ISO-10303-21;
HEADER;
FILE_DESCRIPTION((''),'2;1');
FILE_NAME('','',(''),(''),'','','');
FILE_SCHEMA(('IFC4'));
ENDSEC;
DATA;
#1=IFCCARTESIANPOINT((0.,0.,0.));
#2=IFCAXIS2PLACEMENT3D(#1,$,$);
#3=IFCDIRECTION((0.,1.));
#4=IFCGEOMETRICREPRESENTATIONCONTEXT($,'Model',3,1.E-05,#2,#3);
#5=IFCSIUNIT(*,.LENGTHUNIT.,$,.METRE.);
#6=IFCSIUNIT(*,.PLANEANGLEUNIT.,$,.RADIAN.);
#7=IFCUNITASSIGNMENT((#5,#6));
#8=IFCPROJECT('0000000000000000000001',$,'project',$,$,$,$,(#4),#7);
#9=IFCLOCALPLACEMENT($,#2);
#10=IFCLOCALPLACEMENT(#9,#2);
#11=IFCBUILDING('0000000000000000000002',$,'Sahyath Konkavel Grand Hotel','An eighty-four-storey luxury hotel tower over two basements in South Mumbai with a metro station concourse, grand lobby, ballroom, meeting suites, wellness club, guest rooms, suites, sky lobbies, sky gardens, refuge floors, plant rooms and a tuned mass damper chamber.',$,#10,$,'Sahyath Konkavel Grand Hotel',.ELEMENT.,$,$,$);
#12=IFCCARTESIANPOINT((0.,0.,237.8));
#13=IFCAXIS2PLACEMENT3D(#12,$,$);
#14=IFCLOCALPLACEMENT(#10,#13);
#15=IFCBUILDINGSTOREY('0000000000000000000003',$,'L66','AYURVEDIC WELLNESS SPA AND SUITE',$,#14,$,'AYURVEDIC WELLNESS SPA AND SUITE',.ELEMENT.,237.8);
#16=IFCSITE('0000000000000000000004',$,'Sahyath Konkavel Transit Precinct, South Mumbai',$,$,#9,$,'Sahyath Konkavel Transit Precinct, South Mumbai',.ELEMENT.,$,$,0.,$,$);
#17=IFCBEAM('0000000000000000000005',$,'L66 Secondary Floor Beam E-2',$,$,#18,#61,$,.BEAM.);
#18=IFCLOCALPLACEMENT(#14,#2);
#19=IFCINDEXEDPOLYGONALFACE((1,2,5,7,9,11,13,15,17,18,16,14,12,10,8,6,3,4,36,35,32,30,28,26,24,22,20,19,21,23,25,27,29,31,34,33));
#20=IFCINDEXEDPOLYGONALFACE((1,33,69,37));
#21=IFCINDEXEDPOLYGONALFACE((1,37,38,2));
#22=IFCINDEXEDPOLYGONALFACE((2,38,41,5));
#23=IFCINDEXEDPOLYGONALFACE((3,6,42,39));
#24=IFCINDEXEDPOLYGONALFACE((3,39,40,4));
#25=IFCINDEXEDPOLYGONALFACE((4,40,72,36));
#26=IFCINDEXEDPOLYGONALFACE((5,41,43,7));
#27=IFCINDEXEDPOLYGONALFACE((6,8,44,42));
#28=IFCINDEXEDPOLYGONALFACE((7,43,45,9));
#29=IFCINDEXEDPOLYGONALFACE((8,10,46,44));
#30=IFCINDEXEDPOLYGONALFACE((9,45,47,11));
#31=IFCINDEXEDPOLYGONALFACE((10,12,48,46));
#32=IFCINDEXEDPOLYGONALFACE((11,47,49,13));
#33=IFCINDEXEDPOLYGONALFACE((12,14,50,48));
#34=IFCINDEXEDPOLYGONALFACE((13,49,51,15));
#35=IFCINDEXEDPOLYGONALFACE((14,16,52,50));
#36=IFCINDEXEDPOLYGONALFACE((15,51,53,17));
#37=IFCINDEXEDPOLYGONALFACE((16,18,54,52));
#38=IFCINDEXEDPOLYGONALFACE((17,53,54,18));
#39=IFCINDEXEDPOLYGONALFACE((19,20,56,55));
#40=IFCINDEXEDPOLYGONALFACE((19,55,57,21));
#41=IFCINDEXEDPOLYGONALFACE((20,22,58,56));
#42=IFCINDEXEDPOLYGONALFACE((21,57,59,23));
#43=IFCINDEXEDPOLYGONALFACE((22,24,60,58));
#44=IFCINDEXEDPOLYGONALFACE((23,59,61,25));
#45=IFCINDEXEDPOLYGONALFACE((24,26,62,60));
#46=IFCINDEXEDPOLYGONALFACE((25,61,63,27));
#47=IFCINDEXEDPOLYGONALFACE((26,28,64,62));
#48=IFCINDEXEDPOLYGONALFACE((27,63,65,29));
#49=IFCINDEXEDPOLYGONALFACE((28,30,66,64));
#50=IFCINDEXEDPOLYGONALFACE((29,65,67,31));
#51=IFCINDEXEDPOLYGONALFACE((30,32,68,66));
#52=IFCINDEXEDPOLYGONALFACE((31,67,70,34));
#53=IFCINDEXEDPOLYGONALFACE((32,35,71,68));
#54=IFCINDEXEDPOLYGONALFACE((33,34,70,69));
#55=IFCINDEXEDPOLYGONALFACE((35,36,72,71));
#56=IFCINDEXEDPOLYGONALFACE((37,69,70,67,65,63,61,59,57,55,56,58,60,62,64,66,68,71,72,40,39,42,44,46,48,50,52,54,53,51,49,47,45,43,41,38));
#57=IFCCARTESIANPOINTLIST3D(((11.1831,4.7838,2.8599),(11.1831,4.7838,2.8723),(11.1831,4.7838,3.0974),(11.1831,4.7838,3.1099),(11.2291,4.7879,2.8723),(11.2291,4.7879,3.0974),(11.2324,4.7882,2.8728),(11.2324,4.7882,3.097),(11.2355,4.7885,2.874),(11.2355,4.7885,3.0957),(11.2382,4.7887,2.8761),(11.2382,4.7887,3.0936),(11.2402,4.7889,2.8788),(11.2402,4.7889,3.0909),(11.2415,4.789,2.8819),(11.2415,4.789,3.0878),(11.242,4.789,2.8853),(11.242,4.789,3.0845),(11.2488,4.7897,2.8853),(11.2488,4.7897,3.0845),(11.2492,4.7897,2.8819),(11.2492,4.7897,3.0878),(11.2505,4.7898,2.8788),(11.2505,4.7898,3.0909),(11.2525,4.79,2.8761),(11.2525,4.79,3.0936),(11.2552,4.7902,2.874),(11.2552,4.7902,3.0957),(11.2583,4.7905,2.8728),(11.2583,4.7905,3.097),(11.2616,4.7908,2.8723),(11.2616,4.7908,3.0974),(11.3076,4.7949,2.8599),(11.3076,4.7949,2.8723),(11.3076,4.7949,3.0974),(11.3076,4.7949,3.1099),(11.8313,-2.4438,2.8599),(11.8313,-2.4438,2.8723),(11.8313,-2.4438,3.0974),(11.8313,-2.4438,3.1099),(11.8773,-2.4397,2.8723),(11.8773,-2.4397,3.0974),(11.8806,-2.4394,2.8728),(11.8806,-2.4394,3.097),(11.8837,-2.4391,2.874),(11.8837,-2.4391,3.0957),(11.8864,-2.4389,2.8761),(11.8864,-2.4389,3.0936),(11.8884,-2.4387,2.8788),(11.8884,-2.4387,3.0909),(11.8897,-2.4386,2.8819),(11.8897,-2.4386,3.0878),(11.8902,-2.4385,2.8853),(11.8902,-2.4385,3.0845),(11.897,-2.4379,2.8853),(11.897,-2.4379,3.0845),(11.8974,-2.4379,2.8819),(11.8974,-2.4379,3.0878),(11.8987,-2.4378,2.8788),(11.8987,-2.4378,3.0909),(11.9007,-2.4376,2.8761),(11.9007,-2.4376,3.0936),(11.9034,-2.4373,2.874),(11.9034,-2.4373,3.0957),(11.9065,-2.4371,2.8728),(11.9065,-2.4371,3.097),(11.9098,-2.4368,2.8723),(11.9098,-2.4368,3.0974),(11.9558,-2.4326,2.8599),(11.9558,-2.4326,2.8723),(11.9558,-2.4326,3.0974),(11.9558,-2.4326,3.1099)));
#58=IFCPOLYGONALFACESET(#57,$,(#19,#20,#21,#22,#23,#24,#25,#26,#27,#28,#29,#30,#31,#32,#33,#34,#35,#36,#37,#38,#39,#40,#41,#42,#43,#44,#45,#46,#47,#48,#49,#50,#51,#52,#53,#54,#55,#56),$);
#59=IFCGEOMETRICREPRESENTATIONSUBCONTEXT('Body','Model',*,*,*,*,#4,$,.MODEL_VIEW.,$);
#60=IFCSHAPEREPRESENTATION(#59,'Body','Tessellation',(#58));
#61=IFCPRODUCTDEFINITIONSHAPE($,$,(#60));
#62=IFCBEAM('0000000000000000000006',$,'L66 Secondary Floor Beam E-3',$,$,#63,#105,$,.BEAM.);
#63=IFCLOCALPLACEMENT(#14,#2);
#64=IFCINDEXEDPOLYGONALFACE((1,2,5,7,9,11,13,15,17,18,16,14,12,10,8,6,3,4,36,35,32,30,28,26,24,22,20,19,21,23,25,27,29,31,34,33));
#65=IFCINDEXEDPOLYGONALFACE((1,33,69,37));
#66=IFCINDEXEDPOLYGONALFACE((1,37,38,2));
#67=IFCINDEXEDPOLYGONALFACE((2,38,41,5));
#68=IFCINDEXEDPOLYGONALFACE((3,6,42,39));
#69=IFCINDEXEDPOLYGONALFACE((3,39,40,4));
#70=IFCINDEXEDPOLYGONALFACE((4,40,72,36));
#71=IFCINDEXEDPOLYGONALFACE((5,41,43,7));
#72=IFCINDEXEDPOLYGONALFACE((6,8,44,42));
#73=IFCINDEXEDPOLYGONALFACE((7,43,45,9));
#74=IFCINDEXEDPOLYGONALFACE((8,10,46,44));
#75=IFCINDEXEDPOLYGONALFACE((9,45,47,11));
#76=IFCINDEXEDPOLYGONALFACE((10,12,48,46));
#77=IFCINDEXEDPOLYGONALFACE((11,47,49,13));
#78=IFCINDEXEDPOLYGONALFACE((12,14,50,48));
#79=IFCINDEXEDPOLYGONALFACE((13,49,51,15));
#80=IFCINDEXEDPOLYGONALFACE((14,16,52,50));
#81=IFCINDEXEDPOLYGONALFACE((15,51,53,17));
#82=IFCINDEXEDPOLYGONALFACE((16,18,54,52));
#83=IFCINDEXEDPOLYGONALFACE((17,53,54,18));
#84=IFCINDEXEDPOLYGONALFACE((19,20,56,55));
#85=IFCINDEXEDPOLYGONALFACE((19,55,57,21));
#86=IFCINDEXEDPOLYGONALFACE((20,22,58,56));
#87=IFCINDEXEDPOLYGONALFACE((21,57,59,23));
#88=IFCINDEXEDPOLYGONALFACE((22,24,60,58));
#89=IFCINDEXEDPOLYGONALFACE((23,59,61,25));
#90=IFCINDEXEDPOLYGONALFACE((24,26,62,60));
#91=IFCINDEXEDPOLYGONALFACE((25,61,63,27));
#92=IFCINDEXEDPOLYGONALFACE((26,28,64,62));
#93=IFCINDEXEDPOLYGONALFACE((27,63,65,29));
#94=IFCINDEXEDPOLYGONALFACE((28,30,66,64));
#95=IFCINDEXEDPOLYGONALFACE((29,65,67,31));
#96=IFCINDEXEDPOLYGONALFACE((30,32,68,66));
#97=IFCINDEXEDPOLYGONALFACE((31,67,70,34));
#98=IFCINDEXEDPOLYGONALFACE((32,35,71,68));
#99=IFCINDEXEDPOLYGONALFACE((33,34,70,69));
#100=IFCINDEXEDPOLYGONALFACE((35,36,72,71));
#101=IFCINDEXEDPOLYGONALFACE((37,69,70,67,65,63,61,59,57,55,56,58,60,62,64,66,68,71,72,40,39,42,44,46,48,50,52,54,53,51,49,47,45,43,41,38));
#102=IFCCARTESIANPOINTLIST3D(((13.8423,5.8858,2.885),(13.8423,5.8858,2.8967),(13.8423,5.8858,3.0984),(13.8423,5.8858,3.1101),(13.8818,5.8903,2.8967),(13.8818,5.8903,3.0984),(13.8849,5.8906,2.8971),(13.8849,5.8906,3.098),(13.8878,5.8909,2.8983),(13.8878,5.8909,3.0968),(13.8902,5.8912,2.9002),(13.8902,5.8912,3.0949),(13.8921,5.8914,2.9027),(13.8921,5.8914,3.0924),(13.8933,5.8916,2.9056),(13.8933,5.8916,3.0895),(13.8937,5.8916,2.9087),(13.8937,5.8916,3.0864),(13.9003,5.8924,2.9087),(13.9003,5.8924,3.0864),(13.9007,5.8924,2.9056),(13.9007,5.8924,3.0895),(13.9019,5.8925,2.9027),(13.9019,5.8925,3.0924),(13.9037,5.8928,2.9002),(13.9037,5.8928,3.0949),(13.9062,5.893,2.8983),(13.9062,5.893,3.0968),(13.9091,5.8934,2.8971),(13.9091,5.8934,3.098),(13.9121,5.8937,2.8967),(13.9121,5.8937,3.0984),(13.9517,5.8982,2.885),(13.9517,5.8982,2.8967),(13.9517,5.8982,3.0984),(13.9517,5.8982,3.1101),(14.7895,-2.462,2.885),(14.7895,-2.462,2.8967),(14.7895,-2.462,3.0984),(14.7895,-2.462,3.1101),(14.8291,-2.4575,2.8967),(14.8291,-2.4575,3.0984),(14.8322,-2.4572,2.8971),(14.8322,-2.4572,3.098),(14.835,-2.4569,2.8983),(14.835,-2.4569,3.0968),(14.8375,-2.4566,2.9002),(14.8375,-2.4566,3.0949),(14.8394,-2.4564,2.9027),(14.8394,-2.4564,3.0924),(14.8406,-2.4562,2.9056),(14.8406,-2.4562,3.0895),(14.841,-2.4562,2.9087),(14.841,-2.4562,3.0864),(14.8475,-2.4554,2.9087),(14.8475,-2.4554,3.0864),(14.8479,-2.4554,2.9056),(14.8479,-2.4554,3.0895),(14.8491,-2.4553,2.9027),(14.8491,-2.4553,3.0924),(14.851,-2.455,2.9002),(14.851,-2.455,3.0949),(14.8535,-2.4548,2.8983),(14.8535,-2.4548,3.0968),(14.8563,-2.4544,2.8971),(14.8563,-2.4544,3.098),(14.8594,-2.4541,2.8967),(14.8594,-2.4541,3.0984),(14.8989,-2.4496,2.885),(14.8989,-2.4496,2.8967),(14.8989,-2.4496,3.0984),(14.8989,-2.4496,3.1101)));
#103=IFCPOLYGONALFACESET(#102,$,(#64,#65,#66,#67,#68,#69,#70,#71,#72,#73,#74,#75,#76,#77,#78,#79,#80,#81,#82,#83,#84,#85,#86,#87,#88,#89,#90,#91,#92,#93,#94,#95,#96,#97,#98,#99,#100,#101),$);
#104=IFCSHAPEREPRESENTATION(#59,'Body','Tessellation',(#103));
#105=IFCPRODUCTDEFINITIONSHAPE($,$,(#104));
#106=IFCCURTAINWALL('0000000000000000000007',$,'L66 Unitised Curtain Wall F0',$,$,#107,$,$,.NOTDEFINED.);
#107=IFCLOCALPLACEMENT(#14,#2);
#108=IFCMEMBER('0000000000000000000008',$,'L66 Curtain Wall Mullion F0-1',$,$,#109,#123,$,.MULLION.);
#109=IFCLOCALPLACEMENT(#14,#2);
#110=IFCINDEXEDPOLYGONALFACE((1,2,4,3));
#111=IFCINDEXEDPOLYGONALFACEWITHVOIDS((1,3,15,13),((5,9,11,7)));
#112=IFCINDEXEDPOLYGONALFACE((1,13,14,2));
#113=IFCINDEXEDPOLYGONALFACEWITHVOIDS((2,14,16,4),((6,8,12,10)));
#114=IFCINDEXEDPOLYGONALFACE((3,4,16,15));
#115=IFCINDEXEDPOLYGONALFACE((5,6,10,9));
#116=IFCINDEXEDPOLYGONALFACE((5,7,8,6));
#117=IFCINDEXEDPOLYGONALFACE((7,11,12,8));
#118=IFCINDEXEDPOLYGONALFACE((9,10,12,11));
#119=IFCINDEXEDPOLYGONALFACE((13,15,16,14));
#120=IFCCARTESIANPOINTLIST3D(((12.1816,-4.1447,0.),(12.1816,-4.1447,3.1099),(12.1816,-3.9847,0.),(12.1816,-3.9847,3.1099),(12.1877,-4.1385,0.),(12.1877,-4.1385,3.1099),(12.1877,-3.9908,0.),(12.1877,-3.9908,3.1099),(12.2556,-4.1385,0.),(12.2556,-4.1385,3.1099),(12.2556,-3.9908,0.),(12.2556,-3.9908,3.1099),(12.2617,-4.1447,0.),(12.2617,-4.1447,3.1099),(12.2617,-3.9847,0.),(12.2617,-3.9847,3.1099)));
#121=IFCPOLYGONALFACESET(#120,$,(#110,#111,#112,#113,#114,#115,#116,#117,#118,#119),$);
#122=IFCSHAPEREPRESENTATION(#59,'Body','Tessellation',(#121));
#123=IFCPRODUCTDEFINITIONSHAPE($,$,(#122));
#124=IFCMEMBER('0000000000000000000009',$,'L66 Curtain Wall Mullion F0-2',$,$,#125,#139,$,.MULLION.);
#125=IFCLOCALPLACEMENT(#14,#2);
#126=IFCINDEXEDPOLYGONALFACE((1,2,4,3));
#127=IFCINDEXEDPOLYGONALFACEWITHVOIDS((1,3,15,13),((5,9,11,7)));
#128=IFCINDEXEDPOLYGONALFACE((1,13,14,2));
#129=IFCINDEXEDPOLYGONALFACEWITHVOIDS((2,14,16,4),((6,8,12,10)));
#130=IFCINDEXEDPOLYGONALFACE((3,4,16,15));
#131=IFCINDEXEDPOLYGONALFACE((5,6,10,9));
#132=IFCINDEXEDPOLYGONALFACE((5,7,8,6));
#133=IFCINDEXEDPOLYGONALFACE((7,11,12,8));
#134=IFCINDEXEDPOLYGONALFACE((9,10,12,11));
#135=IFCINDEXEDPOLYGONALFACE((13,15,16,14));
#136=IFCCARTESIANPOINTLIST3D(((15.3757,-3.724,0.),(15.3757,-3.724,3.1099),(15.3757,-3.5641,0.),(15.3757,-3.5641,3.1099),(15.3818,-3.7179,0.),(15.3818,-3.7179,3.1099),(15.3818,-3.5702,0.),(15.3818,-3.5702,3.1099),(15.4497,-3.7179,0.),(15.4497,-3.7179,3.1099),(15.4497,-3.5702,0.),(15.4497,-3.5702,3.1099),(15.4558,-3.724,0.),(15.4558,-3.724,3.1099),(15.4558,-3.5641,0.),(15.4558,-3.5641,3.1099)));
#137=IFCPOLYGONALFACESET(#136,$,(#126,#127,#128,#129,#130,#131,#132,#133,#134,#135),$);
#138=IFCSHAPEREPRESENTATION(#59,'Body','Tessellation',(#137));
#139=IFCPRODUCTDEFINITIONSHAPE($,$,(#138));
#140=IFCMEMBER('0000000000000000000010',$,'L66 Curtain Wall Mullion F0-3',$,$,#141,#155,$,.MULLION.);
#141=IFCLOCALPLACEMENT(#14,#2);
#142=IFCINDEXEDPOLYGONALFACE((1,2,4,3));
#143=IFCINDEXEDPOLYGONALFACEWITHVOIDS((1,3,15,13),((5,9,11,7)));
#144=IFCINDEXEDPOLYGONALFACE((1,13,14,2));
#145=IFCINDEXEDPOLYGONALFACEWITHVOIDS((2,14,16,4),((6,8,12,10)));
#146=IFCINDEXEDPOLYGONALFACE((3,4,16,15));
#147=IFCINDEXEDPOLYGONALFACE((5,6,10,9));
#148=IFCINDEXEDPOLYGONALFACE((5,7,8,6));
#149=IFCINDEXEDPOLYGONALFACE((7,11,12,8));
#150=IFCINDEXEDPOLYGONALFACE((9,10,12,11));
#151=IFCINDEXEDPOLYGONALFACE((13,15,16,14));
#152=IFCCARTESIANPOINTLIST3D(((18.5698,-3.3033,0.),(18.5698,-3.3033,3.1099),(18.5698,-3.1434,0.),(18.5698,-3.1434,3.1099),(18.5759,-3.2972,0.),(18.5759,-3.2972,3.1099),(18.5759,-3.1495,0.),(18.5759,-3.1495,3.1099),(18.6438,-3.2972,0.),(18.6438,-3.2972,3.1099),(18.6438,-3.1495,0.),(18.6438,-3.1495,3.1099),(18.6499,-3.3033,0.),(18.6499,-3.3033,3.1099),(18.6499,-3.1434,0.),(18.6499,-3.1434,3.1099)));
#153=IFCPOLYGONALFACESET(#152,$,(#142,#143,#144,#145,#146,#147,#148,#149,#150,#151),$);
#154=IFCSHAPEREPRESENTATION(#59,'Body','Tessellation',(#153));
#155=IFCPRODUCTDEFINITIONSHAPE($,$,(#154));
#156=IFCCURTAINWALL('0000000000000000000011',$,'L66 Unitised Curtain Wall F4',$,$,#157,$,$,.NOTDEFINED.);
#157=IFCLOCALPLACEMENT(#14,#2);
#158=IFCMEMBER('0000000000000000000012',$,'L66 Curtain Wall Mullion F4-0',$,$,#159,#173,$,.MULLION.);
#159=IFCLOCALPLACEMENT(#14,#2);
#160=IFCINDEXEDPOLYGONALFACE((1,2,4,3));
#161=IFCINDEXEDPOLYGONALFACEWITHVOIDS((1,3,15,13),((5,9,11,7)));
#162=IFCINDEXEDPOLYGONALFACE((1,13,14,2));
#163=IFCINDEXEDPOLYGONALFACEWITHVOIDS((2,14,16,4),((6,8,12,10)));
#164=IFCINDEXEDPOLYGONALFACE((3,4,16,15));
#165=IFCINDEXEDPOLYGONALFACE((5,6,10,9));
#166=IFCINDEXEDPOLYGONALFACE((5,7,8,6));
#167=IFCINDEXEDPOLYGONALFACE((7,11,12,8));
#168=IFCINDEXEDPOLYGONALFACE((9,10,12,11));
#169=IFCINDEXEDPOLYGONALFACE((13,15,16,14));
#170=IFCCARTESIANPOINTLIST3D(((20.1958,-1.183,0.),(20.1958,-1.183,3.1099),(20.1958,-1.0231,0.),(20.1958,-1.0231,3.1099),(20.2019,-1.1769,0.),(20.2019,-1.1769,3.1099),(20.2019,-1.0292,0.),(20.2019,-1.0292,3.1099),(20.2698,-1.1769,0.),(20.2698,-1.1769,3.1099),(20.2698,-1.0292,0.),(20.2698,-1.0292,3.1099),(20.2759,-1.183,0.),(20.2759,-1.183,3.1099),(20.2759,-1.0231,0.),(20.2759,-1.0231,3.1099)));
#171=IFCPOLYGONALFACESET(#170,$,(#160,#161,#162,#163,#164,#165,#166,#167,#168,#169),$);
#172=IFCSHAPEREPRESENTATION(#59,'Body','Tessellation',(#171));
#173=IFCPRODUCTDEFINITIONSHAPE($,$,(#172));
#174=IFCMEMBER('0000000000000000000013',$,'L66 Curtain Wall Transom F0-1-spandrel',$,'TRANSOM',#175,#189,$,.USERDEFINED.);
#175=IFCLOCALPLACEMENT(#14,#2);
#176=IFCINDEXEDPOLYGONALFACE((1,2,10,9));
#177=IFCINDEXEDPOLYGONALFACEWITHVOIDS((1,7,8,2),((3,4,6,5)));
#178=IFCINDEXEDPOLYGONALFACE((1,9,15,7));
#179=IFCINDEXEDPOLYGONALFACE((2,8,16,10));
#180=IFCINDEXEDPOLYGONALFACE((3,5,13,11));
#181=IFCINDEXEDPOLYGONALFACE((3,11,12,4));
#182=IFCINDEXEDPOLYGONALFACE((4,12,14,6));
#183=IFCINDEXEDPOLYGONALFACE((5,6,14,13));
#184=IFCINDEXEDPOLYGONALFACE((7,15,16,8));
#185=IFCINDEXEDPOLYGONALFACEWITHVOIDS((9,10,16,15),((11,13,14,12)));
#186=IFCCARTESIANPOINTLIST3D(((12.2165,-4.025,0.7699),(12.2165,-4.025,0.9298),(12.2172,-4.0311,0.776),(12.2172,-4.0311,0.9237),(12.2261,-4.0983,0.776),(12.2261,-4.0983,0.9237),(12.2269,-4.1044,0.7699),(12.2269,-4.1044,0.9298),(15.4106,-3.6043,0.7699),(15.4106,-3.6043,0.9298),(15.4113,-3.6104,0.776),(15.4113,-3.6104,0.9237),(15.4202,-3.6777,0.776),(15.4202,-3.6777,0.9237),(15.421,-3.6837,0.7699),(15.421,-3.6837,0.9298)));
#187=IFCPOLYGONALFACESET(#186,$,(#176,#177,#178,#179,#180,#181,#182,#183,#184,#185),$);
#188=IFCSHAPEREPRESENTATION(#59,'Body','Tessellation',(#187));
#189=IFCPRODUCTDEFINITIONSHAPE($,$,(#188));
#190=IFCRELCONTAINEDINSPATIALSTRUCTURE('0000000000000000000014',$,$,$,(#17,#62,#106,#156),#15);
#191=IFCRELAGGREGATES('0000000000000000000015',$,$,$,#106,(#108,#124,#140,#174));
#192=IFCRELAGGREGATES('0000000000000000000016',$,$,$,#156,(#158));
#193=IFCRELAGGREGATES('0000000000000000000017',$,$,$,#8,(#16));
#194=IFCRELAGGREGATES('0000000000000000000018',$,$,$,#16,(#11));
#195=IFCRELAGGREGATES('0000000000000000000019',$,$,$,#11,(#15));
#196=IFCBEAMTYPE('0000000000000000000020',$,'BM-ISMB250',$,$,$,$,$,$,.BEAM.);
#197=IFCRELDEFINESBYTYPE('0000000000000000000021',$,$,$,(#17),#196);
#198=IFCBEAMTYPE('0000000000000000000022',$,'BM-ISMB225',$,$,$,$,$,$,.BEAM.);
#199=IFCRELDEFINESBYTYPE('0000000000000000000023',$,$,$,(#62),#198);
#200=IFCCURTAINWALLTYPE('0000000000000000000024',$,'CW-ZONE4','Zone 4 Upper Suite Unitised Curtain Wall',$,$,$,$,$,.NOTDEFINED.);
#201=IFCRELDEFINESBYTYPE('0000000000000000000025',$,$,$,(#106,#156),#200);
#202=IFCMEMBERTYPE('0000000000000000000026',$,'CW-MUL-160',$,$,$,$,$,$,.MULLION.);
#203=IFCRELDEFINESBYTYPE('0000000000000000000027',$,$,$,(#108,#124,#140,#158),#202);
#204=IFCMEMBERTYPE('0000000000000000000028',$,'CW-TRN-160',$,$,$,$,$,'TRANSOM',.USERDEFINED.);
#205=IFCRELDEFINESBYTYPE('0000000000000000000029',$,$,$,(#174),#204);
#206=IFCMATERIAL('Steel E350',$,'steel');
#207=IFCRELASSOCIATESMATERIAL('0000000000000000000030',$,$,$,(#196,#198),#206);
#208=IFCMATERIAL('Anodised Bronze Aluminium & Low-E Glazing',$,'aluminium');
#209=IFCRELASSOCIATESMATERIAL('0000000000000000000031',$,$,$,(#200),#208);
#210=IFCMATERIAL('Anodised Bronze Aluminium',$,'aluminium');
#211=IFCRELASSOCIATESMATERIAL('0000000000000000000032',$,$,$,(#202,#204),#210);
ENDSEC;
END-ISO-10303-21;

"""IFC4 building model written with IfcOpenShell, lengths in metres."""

from ifc_helpers import new_model, si_unit, direction, frame, origin, origin_2d, place, context, subcontext, project, spatial, hollow_rectangle, i_section, extrude, source, transform, mapped, material, material_profile, profile_set, type_object, element, aggregate, save


model = new_model("IFC4")

# Units and contexts
model_context = context("Model", 3, precision=1e-05, world=origin(), true_north=direction((0.0, 1.0)))
body_context = subcontext(model_context, "Body", "Model", "MODEL_VIEW")
ifc_project = project(units=[si_unit("LENGTHUNIT", "METRE"), si_unit("PLANEANGLEUNIT", "RADIAN")], contexts=[model_context])

# Site, building, storey
site_placement = place(None, origin())
site = spatial("IfcSite", under=ifc_project, at=site_placement, Name="Sahyath Konkavel Transit Precinct, South Mumbai", LongName="Sahyath Konkavel Transit Precinct, South Mumbai", CompositionType="ELEMENT", RefElevation=0.0)
building_placement = place(site_placement, origin())
building = spatial("IfcBuilding", under=site, at=building_placement, Name="Sahyath Konkavel Grand Hotel", Description="An eighty-four-storey luxury hotel tower over two basements in South Mumbai with a metro station concourse, grand lobby, ballroom, meeting suites, wellness club, guest rooms, suites, sky lobbies, sky gardens, refuge floors, plant rooms and a tuned mass damper chamber.", LongName="Sahyath Konkavel Grand Hotel", CompositionType="ELEMENT")
storey_placement = place(building_placement, frame((0.0, 0.0, 237.8)))
storey = spatial("IfcBuildingStorey", under=building, at=storey_placement, Name="L66", Description="AYURVEDIC WELLNESS SPA AND SUITE", LongName="AYURVEDIC WELLNESS SPA AND SUITE", CompositionType="ELEMENT", Elevation=237.8)

# Beams
ifc_material_1 = material(Name="Steel E350", Category="steel")
ifc_material_profile_1 = material_profile(ifc_material_1, i_section(OverallWidth=0.125, OverallDepth=0.25, WebThickness=0.0068, FlangeThickness=0.0125, FilletRadius=0.0129, at=origin_2d()), Name="ISMB 250")
ifc_profile_set_1 = profile_set([ifc_material_profile_1], Name="Steel E350")
beam_type_1 = type_object("IfcBeamType", Name="BM-ISMB250", PredefinedType="BEAM", material=ifc_profile_set_1)
shared_shape_1 = source(origin(), body_context, "Body", "SweptSolid", [
    extrude(i_section(OverallWidth=0.125, OverallDepth=0.25, WebThickness=0.0068, FlangeThickness=0.0125, FilletRadius=0.0129, at=origin_2d()), origin(), (0.0, 0.0, 1.0), 7.2566),
])
beam_1_placement = place(storey_placement, frame((11.8936, -2.4382, 2.9849), z_axis=(-0.089325, 0.996003, 0.0), x_axis=(-0.996003, -0.089325, 0.0)))
element("IfcBeam", 1, at=beam_1_placement, inside=storey, type_object=beam_type_1, Name="L66 Secondary Floor Beam E-2", PredefinedType="BEAM", context=body_context, shape_type="MappedRepresentation", body=[
    mapped(shared_shape_1, transform((0.0, 0.0, 0.0), scale=1.0)),
])
ifc_material_profile_2 = material_profile(ifc_material_1, i_section(OverallWidth=0.1101, OverallDepth=0.2251, WebThickness=0.0066, FlangeThickness=0.0117, FilletRadius=0.012, at=origin_2d()), Name="ISMB 225")
ifc_profile_set_2 = profile_set([ifc_material_profile_2], Name="Steel E350")
beam_type_2 = type_object("IfcBeamType", Name="BM-ISMB225", PredefinedType="BEAM", material=ifc_profile_set_2)
shared_shape_2 = source(origin(), body_context, "Body", "SweptSolid", [
    extrude(i_section(OverallWidth=0.1101, OverallDepth=0.2251, WebThickness=0.0066, FlangeThickness=0.0117, FilletRadius=0.012, at=origin_2d()), origin(), (0.0, 0.0, 1.0), 8.4014),
])
beam_2_placement = place(storey_placement, frame((14.8442, -2.4558, 2.9976), z_axis=(-0.11275, 0.993623, 0.0), x_axis=(-0.993623, -0.11275, 0.0)))
element("IfcBeam", 2, at=beam_2_placement, inside=storey, type_object=beam_type_2, Name="L66 Secondary Floor Beam E-3", PredefinedType="BEAM", context=body_context, shape_type="MappedRepresentation", body=[
    mapped(shared_shape_2, transform((0.0, 0.0, 0.0), scale=1.0)),
])

# Curtain wall, members
ifc_material_2 = material(Name="Anodised Bronze Aluminium & Low-E Glazing", Category="aluminium")
curtain_wall_type = type_object("IfcCurtainWallType", Name="CW-ZONE4", Description="Zone 4 Upper Suite Unitised Curtain Wall", PredefinedType="NOTDEFINED", material=ifc_material_2)
curtain_wall_1_placement = place(storey_placement, origin())
curtain_wall_1 = element("IfcCurtainWall", 3, at=curtain_wall_1_placement, inside=storey, type_object=curtain_wall_type, Name="L66 Unitised Curtain Wall F0", PredefinedType="NOTDEFINED")
ifc_material_3 = material(Name="Anodised Bronze Aluminium", Category="aluminium")
ifc_material_profile_3 = material_profile(ifc_material_3, hollow_rectangle(XDim=0.0801, YDim=0.1599, WallThickness=0.0061, at=origin_2d()), Name="RHS 160x80x6")
ifc_profile_set_3 = profile_set([ifc_material_profile_3], Name="Anodised Bronze Aluminium")
member_type_1 = type_object("IfcMemberType", Name="CW-MUL-160", PredefinedType="MULLION", material=ifc_profile_set_3)
shared_shape_3 = source(origin(), body_context, "Body", "SweptSolid", [
    extrude(hollow_rectangle(XDim=0.0801, YDim=0.1599, WallThickness=0.0061, at=origin_2d()), origin(), (0.0, 0.0, 1.0), 3.1099),
])
member_1_placement = place(storey_placement, frame((12.2217, -4.0647, 0.0), z_axis=(0.0, 0.0, 1.0), x_axis=(1.0, 0.0, 0.0)))
member_1 = element("IfcMember", 4, at=member_1_placement, type_object=member_type_1, Name="L66 Curtain Wall Mullion F0-1", PredefinedType="MULLION", context=body_context, shape_type="MappedRepresentation", body=[
    mapped(shared_shape_3, transform((0.0, 0.0, 0.0), scale=1.0)),
])
member_2_placement = place(storey_placement, frame((15.4158, -3.644, 0.0), z_axis=(0.0, 0.0, 1.0), x_axis=(1.0, 0.0, 0.0)))
member_2 = element("IfcMember", 5, at=member_2_placement, type_object=member_type_1, Name="L66 Curtain Wall Mullion F0-2", PredefinedType="MULLION", context=body_context, shape_type="MappedRepresentation", body=[
    mapped(shared_shape_3, transform((0.0, 0.0, 0.0), scale=1.0)),
])
member_3_placement = place(storey_placement, frame((18.6099, -3.2234, 0.0), z_axis=(0.0, 0.0, 1.0), x_axis=(1.0, 0.0, 0.0)))
member_3 = element("IfcMember", 6, at=member_3_placement, type_object=member_type_1, Name="L66 Curtain Wall Mullion F0-3", PredefinedType="MULLION", context=body_context, shape_type="MappedRepresentation", body=[
    mapped(shared_shape_3, transform((0.0, 0.0, 0.0), scale=1.0)),
])

# Curtain wall, member
curtain_wall_2_placement = place(storey_placement, origin())
curtain_wall_2 = element("IfcCurtainWall", 7, at=curtain_wall_2_placement, inside=storey, type_object=curtain_wall_type, Name="L66 Unitised Curtain Wall F4", PredefinedType="NOTDEFINED")
member_4_placement = place(storey_placement, frame((20.2358, -1.103, 0.0), z_axis=(0.0, 0.0, 1.0), x_axis=(1.0, 0.0, 0.0)))
member_4 = element("IfcMember", 8, at=member_4_placement, type_object=member_type_1, Name="L66 Curtain Wall Mullion F4-0", PredefinedType="MULLION", context=body_context, shape_type="MappedRepresentation", body=[
    mapped(shared_shape_3, transform((0.0, 0.0, 0.0), scale=1.0)),
])

# Member
ifc_material_profile_4 = material_profile(ifc_material_3, hollow_rectangle(XDim=0.0801, YDim=0.1599, WallThickness=0.0061, at=origin_2d()), Name="RHS 160x80x6")
ifc_profile_set_4 = profile_set([ifc_material_profile_4], Name="Anodised Bronze Aluminium")
member_type_2 = type_object("IfcMemberType", Name="CW-TRN-160", ElementType="TRANSOM", PredefinedType="USERDEFINED", material=ifc_profile_set_4)
shared_shape_4 = source(origin(), body_context, "Body", "SweptSolid", [
    extrude(hollow_rectangle(XDim=0.0801, YDim=0.1599, WallThickness=0.0061, at=origin_2d()), origin(), (0.0, 0.0, 1.0), 3.2217),
])
member_5_placement = place(storey_placement, frame((12.2217, -4.0647, 0.8499), z_axis=(0.991439, 0.13057, 0.0), x_axis=(-0.13057, 0.991439, 0.0)))
member_5 = element("IfcMember", 9, at=member_5_placement, type_object=member_type_2, Name="L66 Curtain Wall Transom F0-1-spandrel", ObjectType="TRANSOM", PredefinedType="USERDEFINED", context=body_context, shape_type="MappedRepresentation", body=[
    mapped(shared_shape_4, transform((0.0, 0.0, 0.0), scale=1.0)),
])

aggregate(curtain_wall_1, [member_1, member_2, member_3, member_5])
aggregate(curtain_wall_2, [member_4])

save(model, "model.ifc")
